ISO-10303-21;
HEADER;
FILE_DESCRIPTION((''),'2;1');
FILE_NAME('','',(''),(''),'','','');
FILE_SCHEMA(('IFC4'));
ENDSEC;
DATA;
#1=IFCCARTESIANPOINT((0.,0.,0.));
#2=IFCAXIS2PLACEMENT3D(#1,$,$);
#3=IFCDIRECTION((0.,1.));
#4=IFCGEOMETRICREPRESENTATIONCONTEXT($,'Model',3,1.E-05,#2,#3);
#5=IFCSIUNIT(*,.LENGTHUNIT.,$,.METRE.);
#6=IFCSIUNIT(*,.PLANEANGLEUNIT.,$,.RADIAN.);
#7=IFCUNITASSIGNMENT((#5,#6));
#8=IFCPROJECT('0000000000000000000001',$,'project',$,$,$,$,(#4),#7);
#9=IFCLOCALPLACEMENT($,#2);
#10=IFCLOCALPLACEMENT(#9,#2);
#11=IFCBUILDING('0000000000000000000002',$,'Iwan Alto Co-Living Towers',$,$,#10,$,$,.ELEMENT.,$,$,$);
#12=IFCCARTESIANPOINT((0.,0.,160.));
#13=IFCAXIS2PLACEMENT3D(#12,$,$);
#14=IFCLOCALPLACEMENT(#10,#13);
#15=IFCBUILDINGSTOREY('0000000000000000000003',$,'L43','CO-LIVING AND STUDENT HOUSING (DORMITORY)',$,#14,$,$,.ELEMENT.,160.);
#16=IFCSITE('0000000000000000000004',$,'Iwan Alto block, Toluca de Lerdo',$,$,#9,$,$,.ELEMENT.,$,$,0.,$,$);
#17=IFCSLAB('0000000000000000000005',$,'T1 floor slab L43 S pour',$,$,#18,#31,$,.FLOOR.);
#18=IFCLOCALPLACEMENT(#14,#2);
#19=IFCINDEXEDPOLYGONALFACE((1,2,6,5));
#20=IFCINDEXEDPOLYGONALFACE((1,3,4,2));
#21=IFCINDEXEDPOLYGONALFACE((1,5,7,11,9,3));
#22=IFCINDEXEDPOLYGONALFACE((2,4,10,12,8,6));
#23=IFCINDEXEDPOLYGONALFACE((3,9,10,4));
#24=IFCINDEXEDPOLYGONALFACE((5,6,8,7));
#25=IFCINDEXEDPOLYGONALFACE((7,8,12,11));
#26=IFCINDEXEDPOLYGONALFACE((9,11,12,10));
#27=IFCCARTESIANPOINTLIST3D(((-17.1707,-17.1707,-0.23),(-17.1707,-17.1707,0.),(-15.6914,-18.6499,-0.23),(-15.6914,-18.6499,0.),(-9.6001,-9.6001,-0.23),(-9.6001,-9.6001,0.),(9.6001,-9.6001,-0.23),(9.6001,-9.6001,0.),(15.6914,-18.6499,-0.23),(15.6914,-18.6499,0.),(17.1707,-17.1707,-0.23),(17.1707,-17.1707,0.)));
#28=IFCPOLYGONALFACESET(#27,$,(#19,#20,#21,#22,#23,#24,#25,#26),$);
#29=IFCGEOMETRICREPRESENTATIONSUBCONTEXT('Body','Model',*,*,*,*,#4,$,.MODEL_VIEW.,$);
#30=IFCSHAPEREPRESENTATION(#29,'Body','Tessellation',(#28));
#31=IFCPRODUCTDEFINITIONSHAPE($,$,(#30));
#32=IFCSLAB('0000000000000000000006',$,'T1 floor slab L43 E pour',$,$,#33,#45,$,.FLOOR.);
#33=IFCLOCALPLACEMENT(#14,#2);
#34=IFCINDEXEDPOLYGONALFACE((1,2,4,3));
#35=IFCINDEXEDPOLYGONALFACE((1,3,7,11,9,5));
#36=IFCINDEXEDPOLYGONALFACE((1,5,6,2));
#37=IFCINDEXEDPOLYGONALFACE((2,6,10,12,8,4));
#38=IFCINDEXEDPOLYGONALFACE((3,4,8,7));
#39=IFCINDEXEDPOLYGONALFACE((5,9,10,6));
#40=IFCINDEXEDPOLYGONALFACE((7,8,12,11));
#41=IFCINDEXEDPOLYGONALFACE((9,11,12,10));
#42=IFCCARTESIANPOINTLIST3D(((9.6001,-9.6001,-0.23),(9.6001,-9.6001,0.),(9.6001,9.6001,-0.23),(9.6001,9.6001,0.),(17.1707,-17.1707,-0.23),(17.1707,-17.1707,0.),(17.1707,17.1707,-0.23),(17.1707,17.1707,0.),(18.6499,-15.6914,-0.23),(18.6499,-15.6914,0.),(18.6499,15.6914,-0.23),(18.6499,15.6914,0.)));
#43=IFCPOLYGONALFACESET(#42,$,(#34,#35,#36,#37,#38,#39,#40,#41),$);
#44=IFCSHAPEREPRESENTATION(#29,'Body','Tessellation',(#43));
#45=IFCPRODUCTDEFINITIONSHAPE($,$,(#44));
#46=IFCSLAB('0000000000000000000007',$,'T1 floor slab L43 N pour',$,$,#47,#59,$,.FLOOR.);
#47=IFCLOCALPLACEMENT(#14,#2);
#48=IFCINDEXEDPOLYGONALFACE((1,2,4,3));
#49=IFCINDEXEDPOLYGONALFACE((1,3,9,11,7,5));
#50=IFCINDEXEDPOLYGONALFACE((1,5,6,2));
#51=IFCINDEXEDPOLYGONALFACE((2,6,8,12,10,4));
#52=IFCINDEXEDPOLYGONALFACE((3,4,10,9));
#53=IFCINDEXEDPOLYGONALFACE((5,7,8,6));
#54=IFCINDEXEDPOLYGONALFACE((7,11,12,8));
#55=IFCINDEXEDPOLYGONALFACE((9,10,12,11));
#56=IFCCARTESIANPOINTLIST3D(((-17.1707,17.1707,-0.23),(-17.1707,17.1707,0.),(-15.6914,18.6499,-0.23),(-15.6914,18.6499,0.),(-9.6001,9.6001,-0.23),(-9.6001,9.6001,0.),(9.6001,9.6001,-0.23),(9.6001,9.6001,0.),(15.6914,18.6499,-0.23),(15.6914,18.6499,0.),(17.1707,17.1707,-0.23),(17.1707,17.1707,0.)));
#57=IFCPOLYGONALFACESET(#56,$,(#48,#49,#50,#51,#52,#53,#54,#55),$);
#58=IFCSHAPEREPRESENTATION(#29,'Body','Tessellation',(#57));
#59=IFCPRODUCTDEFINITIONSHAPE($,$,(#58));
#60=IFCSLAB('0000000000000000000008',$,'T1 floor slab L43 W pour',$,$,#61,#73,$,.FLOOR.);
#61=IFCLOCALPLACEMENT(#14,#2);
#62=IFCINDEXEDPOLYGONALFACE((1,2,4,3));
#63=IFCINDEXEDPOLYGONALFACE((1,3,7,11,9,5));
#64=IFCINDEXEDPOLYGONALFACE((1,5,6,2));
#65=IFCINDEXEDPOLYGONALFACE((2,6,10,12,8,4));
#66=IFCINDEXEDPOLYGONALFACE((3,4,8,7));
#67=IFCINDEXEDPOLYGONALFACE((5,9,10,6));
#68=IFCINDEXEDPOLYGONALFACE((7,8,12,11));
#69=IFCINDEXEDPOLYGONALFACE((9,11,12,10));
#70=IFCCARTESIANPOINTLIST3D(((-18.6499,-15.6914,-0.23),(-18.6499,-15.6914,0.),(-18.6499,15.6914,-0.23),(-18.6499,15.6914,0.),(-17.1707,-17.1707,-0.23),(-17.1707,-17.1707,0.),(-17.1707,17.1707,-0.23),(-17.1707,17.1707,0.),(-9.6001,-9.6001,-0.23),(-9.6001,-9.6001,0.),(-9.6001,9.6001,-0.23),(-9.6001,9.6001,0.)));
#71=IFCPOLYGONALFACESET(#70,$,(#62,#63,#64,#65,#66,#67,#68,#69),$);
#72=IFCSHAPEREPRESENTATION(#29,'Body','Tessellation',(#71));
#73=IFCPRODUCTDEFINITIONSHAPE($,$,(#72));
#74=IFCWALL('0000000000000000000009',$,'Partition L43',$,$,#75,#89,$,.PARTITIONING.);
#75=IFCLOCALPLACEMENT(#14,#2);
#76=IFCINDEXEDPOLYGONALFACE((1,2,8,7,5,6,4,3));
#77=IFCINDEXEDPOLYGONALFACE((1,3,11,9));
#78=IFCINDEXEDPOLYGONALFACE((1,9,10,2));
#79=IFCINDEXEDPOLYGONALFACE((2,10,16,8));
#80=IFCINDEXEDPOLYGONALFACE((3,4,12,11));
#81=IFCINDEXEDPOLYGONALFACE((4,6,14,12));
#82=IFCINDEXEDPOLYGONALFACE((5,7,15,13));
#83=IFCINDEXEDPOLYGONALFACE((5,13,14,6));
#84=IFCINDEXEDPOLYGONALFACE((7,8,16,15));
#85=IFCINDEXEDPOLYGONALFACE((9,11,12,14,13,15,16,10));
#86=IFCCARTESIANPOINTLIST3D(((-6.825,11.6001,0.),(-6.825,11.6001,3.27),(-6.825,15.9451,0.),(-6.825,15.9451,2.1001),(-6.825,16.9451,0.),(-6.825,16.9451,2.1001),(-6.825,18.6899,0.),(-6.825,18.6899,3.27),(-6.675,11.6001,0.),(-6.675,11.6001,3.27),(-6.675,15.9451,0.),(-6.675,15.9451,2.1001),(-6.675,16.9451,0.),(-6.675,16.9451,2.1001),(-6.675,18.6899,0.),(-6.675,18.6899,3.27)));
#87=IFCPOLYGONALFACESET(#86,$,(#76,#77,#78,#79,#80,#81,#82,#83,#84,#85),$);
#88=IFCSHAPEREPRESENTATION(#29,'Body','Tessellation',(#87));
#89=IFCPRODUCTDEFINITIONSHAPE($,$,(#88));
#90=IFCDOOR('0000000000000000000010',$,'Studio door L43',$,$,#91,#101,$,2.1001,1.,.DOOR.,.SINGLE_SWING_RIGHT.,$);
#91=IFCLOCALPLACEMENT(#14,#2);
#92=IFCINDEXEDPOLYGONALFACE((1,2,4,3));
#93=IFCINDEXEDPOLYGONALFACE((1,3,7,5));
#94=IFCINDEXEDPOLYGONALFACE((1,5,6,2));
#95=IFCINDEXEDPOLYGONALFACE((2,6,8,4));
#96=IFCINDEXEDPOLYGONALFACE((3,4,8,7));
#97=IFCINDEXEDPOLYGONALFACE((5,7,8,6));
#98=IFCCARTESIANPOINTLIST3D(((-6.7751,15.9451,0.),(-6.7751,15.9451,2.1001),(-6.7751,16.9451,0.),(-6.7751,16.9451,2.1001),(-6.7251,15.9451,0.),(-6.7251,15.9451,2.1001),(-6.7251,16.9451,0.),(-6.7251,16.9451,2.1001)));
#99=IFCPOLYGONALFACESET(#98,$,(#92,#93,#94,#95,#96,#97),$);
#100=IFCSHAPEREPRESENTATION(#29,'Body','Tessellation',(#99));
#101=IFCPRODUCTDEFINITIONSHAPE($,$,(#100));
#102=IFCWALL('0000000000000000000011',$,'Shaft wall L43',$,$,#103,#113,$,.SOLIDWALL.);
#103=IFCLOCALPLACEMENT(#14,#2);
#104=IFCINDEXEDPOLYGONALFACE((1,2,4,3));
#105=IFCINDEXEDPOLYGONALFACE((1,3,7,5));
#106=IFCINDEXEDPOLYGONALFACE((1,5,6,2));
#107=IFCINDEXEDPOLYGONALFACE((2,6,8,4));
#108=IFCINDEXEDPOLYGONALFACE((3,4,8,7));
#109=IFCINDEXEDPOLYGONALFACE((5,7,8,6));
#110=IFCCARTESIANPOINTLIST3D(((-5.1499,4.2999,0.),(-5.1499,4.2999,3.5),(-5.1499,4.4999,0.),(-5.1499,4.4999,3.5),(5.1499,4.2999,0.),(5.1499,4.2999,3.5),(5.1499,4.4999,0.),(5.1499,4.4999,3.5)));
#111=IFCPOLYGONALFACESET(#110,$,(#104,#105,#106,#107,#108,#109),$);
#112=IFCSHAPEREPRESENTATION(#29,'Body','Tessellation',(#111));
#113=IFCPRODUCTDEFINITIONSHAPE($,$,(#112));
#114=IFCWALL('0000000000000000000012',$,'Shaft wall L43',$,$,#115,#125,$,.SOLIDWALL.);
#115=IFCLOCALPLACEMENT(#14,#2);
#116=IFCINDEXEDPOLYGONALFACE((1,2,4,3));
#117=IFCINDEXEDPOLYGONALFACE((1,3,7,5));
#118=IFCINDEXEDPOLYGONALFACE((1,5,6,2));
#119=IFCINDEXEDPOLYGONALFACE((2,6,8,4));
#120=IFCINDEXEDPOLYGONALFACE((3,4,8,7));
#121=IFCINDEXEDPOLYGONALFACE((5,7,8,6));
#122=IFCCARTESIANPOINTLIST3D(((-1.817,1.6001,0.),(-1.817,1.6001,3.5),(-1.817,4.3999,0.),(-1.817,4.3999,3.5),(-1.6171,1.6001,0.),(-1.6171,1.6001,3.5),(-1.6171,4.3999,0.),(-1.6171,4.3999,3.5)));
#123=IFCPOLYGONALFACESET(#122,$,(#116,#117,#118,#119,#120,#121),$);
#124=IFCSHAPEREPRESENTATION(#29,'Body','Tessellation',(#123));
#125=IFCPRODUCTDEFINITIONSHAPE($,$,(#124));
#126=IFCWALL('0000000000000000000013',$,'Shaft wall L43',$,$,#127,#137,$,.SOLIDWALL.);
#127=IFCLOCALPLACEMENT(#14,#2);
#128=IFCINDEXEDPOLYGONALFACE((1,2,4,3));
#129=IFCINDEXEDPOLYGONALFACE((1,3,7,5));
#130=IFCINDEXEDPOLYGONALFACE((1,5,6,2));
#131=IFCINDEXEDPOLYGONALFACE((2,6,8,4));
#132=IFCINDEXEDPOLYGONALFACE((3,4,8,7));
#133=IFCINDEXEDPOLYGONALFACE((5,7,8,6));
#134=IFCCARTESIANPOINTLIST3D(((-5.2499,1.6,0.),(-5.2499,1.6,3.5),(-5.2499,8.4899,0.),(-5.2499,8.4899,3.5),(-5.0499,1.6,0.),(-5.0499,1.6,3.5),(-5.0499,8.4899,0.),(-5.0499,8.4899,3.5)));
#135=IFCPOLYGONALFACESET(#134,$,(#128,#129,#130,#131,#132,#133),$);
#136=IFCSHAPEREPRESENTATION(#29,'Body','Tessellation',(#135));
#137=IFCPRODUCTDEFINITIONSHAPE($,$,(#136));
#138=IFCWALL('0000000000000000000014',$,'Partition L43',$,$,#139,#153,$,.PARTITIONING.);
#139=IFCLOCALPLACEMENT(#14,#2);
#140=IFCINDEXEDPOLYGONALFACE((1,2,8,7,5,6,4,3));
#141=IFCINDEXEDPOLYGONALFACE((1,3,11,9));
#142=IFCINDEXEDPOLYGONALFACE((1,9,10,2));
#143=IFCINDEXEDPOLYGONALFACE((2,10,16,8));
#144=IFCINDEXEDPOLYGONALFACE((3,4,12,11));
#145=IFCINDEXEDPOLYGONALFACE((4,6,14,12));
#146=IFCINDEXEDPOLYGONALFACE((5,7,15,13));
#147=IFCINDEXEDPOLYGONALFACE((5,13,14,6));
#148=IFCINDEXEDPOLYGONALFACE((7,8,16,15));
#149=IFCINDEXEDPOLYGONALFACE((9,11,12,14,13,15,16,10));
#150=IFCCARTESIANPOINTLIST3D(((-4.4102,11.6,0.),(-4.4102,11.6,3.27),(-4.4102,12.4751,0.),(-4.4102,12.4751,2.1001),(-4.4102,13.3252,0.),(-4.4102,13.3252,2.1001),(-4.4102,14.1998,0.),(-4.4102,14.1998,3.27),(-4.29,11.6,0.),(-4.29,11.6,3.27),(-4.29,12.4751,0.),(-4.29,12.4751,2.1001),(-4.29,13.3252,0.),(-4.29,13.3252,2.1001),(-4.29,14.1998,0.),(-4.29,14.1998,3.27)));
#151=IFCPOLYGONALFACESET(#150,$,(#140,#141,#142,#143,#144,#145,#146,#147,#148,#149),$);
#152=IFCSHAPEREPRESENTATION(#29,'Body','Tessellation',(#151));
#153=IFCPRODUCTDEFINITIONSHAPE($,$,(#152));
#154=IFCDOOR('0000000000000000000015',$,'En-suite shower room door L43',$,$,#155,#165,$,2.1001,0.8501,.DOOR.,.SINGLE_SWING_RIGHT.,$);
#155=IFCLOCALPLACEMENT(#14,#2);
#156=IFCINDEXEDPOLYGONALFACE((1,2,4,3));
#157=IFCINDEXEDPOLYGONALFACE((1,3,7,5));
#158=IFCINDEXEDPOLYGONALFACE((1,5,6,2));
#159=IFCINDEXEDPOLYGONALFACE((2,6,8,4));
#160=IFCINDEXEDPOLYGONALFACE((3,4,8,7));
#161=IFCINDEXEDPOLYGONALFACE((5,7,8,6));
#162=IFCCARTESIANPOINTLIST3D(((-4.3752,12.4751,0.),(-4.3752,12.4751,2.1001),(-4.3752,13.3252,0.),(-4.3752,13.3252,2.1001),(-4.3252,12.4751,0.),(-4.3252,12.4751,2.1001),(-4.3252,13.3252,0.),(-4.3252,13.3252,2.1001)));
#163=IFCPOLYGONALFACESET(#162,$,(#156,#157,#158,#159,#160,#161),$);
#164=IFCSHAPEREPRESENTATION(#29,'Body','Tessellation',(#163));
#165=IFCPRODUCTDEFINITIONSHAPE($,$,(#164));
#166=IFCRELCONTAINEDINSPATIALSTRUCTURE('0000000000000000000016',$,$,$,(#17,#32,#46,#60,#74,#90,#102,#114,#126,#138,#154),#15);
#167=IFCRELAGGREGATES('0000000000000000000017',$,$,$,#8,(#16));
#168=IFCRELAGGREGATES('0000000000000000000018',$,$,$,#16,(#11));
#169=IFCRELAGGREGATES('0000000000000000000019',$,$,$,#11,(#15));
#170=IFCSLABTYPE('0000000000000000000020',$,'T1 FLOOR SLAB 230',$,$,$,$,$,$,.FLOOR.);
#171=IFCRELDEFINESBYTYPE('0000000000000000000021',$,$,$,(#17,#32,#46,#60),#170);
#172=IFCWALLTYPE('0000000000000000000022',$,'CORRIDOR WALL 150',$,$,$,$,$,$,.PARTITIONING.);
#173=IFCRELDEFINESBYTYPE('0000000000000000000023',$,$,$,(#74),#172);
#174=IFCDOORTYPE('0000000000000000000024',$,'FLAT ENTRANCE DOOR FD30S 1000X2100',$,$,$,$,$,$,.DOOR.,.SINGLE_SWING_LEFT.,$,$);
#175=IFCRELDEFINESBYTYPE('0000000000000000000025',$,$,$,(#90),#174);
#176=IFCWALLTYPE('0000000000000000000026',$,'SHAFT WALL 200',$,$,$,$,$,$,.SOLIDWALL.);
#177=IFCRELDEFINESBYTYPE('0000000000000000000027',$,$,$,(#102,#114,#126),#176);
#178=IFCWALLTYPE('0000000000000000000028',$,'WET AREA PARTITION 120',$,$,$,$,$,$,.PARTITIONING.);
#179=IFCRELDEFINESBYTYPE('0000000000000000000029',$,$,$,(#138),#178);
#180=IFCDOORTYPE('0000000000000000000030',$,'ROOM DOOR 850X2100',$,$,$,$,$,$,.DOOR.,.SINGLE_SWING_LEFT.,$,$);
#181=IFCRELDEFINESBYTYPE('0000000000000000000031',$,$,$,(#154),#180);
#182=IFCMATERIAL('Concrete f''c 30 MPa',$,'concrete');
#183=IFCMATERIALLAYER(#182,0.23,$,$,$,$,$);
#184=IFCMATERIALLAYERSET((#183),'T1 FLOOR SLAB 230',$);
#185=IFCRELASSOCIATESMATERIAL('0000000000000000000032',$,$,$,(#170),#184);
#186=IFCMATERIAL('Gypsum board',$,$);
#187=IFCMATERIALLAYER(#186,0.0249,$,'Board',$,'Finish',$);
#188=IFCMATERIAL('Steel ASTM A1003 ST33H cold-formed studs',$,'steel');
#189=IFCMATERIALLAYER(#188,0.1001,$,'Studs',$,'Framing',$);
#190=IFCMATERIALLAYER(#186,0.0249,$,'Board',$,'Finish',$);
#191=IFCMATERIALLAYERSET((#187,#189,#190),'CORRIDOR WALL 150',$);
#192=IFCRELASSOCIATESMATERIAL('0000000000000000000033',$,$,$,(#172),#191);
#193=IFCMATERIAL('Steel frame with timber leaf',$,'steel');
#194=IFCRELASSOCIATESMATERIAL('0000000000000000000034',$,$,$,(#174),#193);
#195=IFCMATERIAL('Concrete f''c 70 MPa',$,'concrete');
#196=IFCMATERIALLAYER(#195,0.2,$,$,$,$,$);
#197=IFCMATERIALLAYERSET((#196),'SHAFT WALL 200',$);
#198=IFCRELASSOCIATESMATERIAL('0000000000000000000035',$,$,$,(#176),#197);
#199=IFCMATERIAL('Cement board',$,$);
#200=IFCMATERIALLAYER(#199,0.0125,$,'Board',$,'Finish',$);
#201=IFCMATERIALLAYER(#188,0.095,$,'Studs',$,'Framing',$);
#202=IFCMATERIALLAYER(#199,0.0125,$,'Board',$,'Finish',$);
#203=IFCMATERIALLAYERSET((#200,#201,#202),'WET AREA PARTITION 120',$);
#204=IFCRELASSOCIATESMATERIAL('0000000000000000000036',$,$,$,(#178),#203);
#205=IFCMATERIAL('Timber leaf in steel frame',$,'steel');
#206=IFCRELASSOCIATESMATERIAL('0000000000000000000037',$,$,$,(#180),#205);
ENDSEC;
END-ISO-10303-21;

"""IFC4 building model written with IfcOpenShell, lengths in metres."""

from ifc_helpers import new_model, si_unit, direction, frame, frame_2d, origin, place, context, subcontext, project, spatial, polyline, rectangle, outline, extrude, material, layer, layer_set, type_object, element, fill, save


model = new_model("IFC4")

# Units and contexts
model_context = context("Model", 3, precision=1e-05, world=origin(), true_north=direction((0.0, 1.0)))
body_context = subcontext(model_context, "Body", "Model", "MODEL_VIEW")
ifc_project = project(units=[si_unit("LENGTHUNIT", "METRE"), si_unit("PLANEANGLEUNIT", "RADIAN")], contexts=[model_context])

# Site, building, storey
site_placement = place(None, origin())
site = spatial("IfcSite", under=ifc_project, at=site_placement, Name="Iwan Alto block, Toluca de Lerdo", CompositionType="ELEMENT", RefElevation=0.0)
building_placement = place(site_placement, origin())
building = spatial("IfcBuilding", under=site, at=building_placement, Name="Iwan Alto Co-Living Towers", CompositionType="ELEMENT")
storey_placement = place(building_placement, frame((0.0, 0.0, 160.0)))
storey = spatial("IfcBuildingStorey", under=building, at=storey_placement, Name="L43", Description="CO-LIVING AND STUDENT HOUSING (DORMITORY)", CompositionType="ELEMENT", Elevation=160.0)

# Slabs
ifc_material_1 = material(Name="Concrete f'c 30 MPa", Category="concrete")
ifc_layer_1 = layer(ifc_material_1, 0.23)
ifc_layer_set_1 = layer_set([ifc_layer_1], Name="T1 FLOOR SLAB 230")
slab_type = type_object("IfcSlabType", Name="T1 FLOOR SLAB 230", PredefinedType="FLOOR", material=ifc_layer_set_1)
slab_1_placement = place(storey_placement, frame((0.0, 0.0, -0.23)))
element("IfcSlab", 1, at=slab_1_placement, inside=storey, type_object=slab_type, Name="T1 floor slab L43 S pour", PredefinedType="FLOOR", context=body_context, shape_type="SweptSolid", body=[
    extrude(outline(polyline([(15.6914, -18.6499), (-15.6914, -18.6499), (-17.1707, -17.1707), (-9.6001, -9.6001), (9.6001, -9.6001), (17.1707, -17.1707), (15.6914, -18.6499)])), origin(), (0.0, 0.0, 1.0), 0.23),
])
slab_2_placement = place(storey_placement, frame((0.0, 0.0, -0.23)))
element("IfcSlab", 2, at=slab_2_placement, inside=storey, type_object=slab_type, Name="T1 floor slab L43 E pour", PredefinedType="FLOOR", context=body_context, shape_type="SweptSolid", body=[
    extrude(outline(polyline([(18.6499, 15.6914), (18.6499, -15.6914), (17.1707, -17.1707), (9.6001, -9.6001), (9.6001, 9.6001), (17.1707, 17.1707), (18.6499, 15.6914)])), origin(), (0.0, 0.0, 1.0), 0.23),
])
slab_3_placement = place(storey_placement, frame((0.0, 0.0, -0.23)))
element("IfcSlab", 3, at=slab_3_placement, inside=storey, type_object=slab_type, Name="T1 floor slab L43 N pour", PredefinedType="FLOOR", context=body_context, shape_type="SweptSolid", body=[
    extrude(outline(polyline([(-15.6914, 18.6499), (15.6914, 18.6499), (17.1707, 17.1707), (9.6001, 9.6001), (-9.6001, 9.6001), (-17.1707, 17.1707), (-15.6914, 18.6499)])), origin(), (0.0, 0.0, 1.0), 0.23),
])
slab_4_placement = place(storey_placement, frame((0.0, 0.0, -0.23)))
element("IfcSlab", 4, at=slab_4_placement, inside=storey, type_object=slab_type, Name="T1 floor slab L43 W pour", PredefinedType="FLOOR", context=body_context, shape_type="SweptSolid", body=[
    extrude(outline(polyline([(-18.6499, 15.6914), (-17.1707, 17.1707), (-9.6001, 9.6001), (-9.6001, -9.6001), (-17.1707, -17.1707), (-18.6499, -15.6914), (-18.6499, 15.6914)])), origin(), (0.0, 0.0, 1.0), 0.23),
])

# Wall, opening, door
ifc_material_2 = material(Name="Gypsum board")
ifc_layer_2 = layer(ifc_material_2, 0.0249, Name="Board", Category="Finish")
ifc_material_3 = material(Name="Steel ASTM A1003 ST33H cold-formed studs", Category="steel")
ifc_layer_3 = layer(ifc_material_3, 0.1001, Name="Studs", Category="Framing")
ifc_layer_4 = layer(ifc_material_2, 0.0249, Name="Board", Category="Finish")
ifc_layer_set_2 = layer_set([ifc_layer_2, ifc_layer_3, ifc_layer_4], Name="CORRIDOR WALL 150")
wall_type_1 = type_object("IfcWallType", Name="CORRIDOR WALL 150", PredefinedType="PARTITIONING", material=ifc_layer_set_2)
wall_1_placement = place(storey_placement, frame((-6.75, 11.6001, 0.0), z_axis=(0.0, 0.0, 1.0), x_axis=(0.0, 1.0, 0.0)))
wall_1 = element("IfcWall", 5, at=wall_1_placement, inside=storey, type_object=wall_type_1, Name="Partition L43", PredefinedType="PARTITIONING", context=body_context, shape_type="SweptSolid", body=[
    extrude(rectangle(XDim=7.0898, YDim=0.1499, at=frame_2d((3.5449, 0.0))), origin(), (0.0, 0.0, 1.0), 3.27),
])
opening_1_placement = place(wall_1_placement, frame((4.345, 0.0, 0.0)))
opening_1 = element("IfcOpeningElement", 6, at=opening_1_placement, cuts=wall_1, PredefinedType="OPENING", context=body_context, shape_type="SweptSolid", body=[
    extrude(rectangle(XDim=1.0, YDim=2.1001, at=frame_2d((0.5, 1.05))), frame((0.0, 0.085, 0.0), z_axis=(0.0, -1.0, 0.0), x_axis=(1.0, 0.0, 0.0)), (0.0, 0.0, 1.0), 0.1699),
])
ifc_material_4 = material(Name="Steel frame with timber leaf", Category="steel")
door_type_1 = type_object("IfcDoorType", Name="FLAT ENTRANCE DOOR FD30S 1000X2100", OperationType="SINGLE_SWING_LEFT", PredefinedType="DOOR", material=ifc_material_4)
door_1_placement = place(opening_1_placement, frame((1.0, 0.0, 0.0), z_axis=(0.0, 0.0, 1.0), x_axis=(-1.0, 0.0, 0.0)))
door_1 = element("IfcDoor", 7, at=door_1_placement, inside=storey, type_object=door_type_1, Name="Studio door L43", OperationType="SINGLE_SWING_RIGHT", OverallHeight=2.1001, OverallWidth=1.0, PredefinedType="DOOR", context=body_context, shape_type="SweptSolid", body=[
    extrude(rectangle(XDim=1.0, YDim=2.1001, at=frame_2d((0.5, 1.05))), frame((0.0, 0.0249, 0.0), z_axis=(0.0, -1.0, 0.0), x_axis=(1.0, 0.0, 0.0)), (0.0, 0.0, 1.0), 0.05),
])
fill(opening_1, door_1)

# Walls
ifc_material_5 = material(Name="Concrete f'c 70 MPa", Category="concrete")
ifc_layer_5 = layer(ifc_material_5, 0.2)
ifc_layer_set_3 = layer_set([ifc_layer_5], Name="SHAFT WALL 200")
wall_type_2 = type_object("IfcWallType", Name="SHAFT WALL 200", PredefinedType="SOLIDWALL", material=ifc_layer_set_3)
wall_2_placement = place(storey_placement, frame((-5.1499, 4.3999, 0.0), z_axis=(0.0, 0.0, 1.0), x_axis=(1.0, 0.0, 0.0)))
element("IfcWall", 8, at=wall_2_placement, inside=storey, type_object=wall_type_2, Name="Shaft wall L43", PredefinedType="SOLIDWALL", context=body_context, shape_type="SweptSolid", body=[
    extrude(rectangle(XDim=10.2998, YDim=0.2, at=frame_2d((5.1499, 0.0))), origin(), (0.0, 0.0, 1.0), 3.5),
])
wall_3_placement = place(storey_placement, frame((-1.717, 1.6001, 0.0), z_axis=(0.0, 0.0, 1.0), x_axis=(0.0, 1.0, 0.0)))
element("IfcWall", 9, at=wall_3_placement, inside=storey, type_object=wall_type_2, Name="Shaft wall L43", PredefinedType="SOLIDWALL", context=body_context, shape_type="SweptSolid", body=[
    extrude(rectangle(XDim=2.7998, YDim=0.2, at=frame_2d((1.3999, 0.0))), origin(), (0.0, 0.0, 1.0), 3.5),
])
wall_4_placement = place(storey_placement, frame((-5.1499, 1.6001, 0.0), z_axis=(0.0, 0.0, 1.0), x_axis=(0.0, 1.0, 0.0)))
element("IfcWall", 10, at=wall_4_placement, inside=storey, type_object=wall_type_2, Name="Shaft wall L43", PredefinedType="SOLIDWALL", context=body_context, shape_type="SweptSolid", body=[
    extrude(rectangle(XDim=6.8899, YDim=0.2, at=frame_2d((3.4448, 0.0))), origin(), (0.0, 0.0, 1.0), 3.5),
])

# Wall, opening, door
ifc_material_6 = material(Name="Cement board")
ifc_layer_6 = layer(ifc_material_6, 0.0125, Name="Board", Category="Finish")
ifc_layer_7 = layer(ifc_material_3, 0.095, Name="Studs", Category="Framing")
ifc_layer_8 = layer(ifc_material_6, 0.0125, Name="Board", Category="Finish")
ifc_layer_set_4 = layer_set([ifc_layer_6, ifc_layer_7, ifc_layer_8], Name="WET AREA PARTITION 120")
wall_type_3 = type_object("IfcWallType", Name="WET AREA PARTITION 120", PredefinedType="PARTITIONING", material=ifc_layer_set_4)
wall_5_placement = place(storey_placement, frame((-4.3501, 11.6001, 0.0), z_axis=(0.0, 0.0, 1.0), x_axis=(0.0, 1.0, 0.0)))
wall_5 = element("IfcWall", 11, at=wall_5_placement, inside=storey, type_object=wall_type_3, Name="Partition L43", PredefinedType="PARTITIONING", context=body_context, shape_type="SweptSolid", body=[
    extrude(rectangle(XDim=2.5999, YDim=0.1201, at=frame_2d((1.2998, 0.0))), origin(), (0.0, 0.0, 1.0), 3.27),
])
opening_2_placement = place(wall_5_placement, frame((0.875, 0.0, 0.0)))
opening_2 = element("IfcOpeningElement", 12, at=opening_2_placement, cuts=wall_5, PredefinedType="OPENING", context=body_context, shape_type="SweptSolid", body=[
    extrude(rectangle(XDim=0.8501, YDim=2.1001, at=frame_2d((0.425, 1.05))), frame((0.0, 0.0701, 0.0), z_axis=(0.0, -1.0, 0.0), x_axis=(1.0, 0.0, 0.0)), (0.0, 0.0, 1.0), 0.1401),
])
ifc_material_7 = material(Name="Timber leaf in steel frame", Category="steel")
door_type_2 = type_object("IfcDoorType", Name="ROOM DOOR 850X2100", OperationType="SINGLE_SWING_LEFT", PredefinedType="DOOR", material=ifc_material_7)
door_2_placement = place(opening_2_placement, frame((0.8501, 0.0, 0.0), z_axis=(0.0, 0.0, 1.0), x_axis=(-1.0, 0.0, 0.0)))
door_2 = element("IfcDoor", 13, at=door_2_placement, inside=storey, type_object=door_type_2, Name="En-suite shower room door L43", OperationType="SINGLE_SWING_RIGHT", OverallHeight=2.1001, OverallWidth=0.8501, PredefinedType="DOOR", context=body_context, shape_type="SweptSolid", body=[
    extrude(rectangle(XDim=0.8501, YDim=2.1001, at=frame_2d((0.425, 1.05))), frame((0.0, 0.0249, 0.0), z_axis=(0.0, -1.0, 0.0), x_axis=(1.0, 0.0, 0.0)), (0.0, 0.0, 1.0), 0.05),
])
fill(opening_2, door_2)

save(model, "model.ifc")
